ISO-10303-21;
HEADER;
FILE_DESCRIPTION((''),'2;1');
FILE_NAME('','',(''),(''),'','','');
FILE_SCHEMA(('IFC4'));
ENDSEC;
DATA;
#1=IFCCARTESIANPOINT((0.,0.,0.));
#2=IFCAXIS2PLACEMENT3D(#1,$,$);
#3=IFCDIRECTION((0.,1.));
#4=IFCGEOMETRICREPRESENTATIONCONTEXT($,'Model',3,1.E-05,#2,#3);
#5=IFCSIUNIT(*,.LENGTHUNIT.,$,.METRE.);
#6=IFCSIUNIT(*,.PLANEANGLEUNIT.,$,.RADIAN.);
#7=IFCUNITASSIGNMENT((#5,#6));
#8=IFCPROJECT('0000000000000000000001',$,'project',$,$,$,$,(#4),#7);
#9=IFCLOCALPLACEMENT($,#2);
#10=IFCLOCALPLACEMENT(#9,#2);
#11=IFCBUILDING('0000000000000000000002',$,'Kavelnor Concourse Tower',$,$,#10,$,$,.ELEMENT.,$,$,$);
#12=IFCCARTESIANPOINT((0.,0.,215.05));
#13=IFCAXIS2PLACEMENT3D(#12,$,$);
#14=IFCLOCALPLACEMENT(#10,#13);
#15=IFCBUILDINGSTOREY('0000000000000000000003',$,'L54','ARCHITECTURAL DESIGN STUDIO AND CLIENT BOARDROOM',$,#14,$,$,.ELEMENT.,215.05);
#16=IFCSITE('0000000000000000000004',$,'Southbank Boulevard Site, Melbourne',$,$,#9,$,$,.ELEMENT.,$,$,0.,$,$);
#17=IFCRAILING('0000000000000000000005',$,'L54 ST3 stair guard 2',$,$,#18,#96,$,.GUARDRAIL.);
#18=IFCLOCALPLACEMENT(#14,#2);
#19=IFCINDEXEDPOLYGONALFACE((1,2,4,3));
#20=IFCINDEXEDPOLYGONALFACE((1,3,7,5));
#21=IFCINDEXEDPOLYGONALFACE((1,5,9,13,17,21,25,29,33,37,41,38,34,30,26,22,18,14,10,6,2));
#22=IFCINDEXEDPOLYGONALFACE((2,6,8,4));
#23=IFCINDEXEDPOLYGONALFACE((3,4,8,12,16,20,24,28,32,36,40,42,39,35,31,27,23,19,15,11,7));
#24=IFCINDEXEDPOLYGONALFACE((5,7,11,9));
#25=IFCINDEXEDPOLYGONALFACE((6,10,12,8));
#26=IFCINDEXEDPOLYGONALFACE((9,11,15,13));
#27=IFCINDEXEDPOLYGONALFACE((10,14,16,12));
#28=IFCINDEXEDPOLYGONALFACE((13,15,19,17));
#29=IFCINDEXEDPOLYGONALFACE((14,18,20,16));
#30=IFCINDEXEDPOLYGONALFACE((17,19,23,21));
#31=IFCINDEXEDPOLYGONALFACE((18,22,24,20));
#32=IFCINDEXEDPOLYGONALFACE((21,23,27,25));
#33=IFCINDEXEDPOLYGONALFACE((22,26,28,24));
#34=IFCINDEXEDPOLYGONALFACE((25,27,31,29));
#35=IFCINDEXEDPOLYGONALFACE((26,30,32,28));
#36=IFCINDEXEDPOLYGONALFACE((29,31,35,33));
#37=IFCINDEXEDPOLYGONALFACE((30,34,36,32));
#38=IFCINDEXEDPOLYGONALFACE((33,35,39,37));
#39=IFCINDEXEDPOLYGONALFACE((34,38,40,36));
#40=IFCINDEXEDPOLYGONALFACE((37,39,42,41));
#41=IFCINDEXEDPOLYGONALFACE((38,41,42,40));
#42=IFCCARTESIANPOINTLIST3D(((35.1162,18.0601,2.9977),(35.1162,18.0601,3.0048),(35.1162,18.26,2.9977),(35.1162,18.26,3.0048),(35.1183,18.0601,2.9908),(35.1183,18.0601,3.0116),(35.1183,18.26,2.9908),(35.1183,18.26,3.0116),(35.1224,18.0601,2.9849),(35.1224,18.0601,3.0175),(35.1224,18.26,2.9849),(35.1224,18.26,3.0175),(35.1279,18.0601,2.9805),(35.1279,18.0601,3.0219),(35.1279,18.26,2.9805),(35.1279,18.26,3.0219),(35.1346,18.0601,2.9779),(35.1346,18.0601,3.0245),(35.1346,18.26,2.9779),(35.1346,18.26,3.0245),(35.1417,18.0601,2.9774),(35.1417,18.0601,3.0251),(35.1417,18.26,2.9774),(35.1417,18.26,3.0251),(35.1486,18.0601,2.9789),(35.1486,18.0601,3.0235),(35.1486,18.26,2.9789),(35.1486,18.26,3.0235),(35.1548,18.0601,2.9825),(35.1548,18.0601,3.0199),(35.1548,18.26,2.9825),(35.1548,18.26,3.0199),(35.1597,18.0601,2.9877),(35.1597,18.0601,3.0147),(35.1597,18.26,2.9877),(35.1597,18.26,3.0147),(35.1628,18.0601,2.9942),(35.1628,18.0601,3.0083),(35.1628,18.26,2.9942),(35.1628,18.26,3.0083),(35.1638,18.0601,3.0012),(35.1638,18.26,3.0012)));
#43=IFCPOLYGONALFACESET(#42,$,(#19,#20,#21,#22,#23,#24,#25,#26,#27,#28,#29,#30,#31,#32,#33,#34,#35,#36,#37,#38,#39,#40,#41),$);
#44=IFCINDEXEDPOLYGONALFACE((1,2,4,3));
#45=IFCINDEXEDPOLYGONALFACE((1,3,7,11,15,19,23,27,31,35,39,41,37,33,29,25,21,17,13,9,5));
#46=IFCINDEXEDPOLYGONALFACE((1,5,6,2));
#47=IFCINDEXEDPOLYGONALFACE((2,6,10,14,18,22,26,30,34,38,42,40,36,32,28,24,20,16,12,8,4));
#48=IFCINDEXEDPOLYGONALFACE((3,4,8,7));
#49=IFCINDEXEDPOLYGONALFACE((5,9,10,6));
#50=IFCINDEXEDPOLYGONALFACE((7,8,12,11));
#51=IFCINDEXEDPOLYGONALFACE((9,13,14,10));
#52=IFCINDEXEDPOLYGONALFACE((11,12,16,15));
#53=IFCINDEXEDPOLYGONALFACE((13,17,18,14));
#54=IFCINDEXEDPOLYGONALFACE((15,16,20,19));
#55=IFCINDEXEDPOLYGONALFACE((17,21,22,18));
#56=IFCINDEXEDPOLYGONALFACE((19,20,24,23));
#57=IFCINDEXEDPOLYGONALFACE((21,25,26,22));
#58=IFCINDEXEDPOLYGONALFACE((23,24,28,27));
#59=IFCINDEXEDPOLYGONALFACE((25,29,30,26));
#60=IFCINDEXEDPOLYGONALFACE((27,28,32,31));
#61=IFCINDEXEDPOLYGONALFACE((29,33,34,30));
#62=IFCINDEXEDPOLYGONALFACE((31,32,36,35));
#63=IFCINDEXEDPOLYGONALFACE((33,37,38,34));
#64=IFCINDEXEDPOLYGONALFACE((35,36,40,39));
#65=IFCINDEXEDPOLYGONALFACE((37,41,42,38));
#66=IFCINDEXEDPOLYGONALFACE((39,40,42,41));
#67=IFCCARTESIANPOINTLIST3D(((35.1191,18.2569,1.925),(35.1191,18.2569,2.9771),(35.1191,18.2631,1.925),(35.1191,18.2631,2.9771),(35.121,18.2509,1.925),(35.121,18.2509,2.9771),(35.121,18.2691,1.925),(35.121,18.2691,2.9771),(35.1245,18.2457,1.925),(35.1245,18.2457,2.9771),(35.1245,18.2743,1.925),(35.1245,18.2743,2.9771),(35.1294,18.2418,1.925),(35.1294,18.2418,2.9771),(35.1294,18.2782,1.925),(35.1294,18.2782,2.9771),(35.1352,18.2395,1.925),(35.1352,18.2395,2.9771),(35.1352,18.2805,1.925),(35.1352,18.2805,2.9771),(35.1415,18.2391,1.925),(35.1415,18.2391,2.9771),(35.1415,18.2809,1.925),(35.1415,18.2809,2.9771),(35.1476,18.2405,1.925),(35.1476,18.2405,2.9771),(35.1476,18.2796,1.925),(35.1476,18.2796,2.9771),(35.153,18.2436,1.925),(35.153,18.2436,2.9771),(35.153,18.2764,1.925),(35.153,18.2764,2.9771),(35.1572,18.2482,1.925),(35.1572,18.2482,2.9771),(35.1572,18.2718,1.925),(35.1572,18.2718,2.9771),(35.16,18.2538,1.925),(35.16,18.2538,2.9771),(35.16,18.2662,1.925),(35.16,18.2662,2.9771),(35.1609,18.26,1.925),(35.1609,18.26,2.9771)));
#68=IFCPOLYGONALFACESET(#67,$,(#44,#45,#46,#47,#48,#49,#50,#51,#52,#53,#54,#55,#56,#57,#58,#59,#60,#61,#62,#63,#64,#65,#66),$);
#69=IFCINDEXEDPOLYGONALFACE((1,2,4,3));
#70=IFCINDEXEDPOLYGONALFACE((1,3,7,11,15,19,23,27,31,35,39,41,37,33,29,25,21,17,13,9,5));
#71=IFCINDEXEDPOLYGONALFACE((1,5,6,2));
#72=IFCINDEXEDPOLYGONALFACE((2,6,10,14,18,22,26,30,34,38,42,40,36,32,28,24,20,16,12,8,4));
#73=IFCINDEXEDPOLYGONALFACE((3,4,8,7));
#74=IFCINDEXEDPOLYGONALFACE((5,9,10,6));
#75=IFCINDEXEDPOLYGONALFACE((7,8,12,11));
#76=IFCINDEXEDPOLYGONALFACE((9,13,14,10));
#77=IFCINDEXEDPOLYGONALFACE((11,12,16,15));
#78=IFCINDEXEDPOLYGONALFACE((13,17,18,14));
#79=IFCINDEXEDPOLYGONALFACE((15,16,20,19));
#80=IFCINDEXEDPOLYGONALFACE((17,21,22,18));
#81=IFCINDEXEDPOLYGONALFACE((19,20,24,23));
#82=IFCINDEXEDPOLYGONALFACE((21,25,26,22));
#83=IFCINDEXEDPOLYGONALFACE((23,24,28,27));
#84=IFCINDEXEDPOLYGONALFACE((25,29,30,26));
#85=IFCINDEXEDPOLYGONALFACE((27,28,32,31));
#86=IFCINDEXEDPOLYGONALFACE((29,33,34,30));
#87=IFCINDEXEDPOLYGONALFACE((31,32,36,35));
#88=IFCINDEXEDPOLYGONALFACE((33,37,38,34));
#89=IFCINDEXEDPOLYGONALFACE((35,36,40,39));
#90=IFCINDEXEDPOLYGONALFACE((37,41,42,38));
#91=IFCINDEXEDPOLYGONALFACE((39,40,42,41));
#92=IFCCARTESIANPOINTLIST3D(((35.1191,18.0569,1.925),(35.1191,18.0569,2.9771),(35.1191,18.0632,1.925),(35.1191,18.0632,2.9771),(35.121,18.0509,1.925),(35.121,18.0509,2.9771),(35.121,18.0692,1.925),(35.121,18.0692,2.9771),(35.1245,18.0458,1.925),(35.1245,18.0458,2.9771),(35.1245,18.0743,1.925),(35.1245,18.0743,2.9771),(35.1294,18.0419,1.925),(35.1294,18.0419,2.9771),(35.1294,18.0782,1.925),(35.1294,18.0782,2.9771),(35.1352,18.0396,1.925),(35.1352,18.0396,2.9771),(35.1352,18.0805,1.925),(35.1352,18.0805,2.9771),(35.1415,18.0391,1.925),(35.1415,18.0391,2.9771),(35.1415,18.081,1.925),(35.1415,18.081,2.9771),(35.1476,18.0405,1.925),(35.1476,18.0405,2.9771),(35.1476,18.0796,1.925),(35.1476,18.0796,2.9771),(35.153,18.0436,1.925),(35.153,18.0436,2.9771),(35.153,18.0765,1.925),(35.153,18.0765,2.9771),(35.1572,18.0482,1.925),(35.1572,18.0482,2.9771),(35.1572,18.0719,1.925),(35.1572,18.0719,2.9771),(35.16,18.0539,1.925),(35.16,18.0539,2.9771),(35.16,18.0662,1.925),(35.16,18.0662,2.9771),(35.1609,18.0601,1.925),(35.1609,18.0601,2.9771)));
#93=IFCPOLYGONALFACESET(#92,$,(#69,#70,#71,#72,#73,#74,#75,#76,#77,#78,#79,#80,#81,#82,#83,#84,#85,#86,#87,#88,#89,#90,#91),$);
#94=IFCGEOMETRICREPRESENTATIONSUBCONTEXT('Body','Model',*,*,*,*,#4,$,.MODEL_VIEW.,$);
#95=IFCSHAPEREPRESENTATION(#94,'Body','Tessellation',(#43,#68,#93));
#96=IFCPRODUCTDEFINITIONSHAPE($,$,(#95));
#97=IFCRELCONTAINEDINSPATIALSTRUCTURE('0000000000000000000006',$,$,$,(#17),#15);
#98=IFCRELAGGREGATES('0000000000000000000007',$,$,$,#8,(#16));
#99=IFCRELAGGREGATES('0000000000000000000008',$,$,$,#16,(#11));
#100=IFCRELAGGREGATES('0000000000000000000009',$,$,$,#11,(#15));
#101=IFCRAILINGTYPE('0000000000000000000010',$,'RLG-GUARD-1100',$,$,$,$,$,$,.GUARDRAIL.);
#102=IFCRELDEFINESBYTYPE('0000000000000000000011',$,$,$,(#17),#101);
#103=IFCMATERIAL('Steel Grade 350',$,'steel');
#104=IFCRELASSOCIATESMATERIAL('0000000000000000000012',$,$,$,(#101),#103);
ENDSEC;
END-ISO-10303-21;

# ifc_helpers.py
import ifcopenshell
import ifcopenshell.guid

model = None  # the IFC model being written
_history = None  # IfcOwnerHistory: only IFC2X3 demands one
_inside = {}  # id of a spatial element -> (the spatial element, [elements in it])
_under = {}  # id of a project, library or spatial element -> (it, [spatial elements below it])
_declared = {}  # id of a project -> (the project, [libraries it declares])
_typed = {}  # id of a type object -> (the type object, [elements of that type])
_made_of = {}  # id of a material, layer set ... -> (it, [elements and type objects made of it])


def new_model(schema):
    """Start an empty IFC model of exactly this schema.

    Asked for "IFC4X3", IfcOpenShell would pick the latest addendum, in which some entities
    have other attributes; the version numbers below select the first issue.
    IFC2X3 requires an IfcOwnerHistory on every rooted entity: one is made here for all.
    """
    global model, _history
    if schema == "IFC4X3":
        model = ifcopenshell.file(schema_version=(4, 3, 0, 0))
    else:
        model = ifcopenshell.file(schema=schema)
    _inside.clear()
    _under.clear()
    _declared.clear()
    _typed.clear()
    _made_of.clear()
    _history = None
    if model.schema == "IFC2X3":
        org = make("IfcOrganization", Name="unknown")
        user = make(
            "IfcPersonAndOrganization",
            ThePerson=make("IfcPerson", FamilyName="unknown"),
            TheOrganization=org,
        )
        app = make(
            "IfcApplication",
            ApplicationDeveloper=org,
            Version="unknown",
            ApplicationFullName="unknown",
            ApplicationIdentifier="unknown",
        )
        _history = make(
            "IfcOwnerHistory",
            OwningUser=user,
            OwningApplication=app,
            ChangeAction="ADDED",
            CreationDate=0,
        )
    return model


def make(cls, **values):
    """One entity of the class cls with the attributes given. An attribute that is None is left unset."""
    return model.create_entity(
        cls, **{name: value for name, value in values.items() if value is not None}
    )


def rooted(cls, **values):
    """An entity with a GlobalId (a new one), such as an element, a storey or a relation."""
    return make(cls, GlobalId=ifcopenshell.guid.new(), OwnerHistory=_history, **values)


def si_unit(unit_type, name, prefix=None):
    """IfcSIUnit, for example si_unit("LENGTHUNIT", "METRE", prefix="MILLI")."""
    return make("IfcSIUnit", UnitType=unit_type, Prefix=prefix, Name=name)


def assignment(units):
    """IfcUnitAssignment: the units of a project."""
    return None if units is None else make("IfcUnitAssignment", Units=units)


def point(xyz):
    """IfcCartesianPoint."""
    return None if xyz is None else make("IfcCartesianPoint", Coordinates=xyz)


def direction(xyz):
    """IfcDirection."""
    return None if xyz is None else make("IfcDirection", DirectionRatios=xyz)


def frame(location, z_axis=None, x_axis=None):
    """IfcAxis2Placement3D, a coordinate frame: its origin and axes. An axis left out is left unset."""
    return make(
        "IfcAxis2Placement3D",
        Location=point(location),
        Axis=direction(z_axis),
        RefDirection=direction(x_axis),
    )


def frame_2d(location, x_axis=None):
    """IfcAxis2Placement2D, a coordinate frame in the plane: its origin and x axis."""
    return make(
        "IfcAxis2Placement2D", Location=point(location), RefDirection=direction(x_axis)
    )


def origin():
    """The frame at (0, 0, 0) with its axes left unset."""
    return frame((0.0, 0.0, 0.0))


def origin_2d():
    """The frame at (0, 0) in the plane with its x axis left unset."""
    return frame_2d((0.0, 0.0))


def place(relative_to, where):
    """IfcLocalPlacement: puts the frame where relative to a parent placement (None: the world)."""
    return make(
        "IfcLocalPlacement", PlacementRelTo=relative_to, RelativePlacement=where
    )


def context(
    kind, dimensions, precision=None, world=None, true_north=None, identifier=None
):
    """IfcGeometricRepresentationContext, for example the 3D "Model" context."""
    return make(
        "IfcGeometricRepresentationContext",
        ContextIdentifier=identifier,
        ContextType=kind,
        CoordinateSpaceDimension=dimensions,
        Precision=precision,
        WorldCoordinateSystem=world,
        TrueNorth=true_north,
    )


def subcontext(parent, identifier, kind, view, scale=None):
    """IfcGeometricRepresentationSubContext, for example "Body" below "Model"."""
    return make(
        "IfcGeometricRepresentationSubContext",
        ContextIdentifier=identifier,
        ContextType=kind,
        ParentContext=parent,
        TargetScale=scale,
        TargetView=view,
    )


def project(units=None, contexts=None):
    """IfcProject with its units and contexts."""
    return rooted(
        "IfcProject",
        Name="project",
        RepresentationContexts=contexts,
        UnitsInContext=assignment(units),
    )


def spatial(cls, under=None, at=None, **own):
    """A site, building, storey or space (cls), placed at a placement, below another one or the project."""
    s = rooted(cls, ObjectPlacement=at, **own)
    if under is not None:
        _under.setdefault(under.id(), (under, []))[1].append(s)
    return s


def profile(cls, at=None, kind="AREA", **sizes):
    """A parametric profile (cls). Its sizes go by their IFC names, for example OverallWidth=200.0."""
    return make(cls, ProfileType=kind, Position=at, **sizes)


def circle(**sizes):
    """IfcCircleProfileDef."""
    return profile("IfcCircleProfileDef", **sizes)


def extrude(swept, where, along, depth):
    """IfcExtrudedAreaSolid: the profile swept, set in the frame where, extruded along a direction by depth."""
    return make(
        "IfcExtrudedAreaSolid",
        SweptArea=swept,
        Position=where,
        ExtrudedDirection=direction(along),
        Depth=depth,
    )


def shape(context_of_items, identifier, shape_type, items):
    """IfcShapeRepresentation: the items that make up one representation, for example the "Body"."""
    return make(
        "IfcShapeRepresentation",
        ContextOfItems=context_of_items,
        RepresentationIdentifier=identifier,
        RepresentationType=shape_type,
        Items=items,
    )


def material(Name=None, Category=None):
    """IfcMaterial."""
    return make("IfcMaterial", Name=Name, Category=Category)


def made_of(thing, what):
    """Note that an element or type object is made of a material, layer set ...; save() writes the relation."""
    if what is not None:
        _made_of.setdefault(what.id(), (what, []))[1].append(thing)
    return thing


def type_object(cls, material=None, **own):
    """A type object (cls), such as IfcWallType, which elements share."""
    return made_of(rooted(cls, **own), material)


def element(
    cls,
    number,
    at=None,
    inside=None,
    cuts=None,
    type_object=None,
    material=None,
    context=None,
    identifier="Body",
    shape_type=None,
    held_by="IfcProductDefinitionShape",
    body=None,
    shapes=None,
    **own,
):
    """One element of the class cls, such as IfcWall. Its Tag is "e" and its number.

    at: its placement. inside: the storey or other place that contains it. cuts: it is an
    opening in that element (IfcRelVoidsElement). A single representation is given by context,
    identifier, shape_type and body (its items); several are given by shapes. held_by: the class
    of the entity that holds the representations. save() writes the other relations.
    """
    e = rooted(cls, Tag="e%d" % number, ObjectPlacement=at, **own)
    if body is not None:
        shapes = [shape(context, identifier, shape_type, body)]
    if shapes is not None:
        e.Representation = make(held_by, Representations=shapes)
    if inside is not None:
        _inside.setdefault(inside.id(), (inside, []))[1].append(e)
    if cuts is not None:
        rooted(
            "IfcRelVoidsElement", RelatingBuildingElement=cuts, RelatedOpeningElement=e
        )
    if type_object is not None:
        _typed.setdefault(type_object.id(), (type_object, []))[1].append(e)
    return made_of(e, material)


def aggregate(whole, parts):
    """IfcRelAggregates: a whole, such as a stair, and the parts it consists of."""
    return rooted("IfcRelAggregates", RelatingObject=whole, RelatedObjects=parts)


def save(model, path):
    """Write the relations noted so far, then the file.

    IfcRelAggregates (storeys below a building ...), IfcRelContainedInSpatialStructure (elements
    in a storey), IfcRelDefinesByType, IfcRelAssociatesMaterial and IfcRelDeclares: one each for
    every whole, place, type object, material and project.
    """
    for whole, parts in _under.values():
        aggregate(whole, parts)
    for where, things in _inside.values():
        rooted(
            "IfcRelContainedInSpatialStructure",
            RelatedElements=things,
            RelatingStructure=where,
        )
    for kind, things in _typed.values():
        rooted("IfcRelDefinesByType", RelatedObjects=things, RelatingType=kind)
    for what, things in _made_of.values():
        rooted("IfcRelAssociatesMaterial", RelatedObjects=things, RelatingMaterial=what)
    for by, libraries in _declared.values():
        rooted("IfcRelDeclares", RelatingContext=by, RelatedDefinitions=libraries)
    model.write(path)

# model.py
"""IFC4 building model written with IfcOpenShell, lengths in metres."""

from ifc_helpers import new_model, si_unit, direction, frame, origin, origin_2d, place, context, subcontext, project, spatial, circle, extrude, material, type_object, element, save


model = new_model("IFC4")

# Units and contexts
model_context = context("Model", 3, precision=1e-05, world=origin(), true_north=direction((0.0, 1.0)))
body_context = subcontext(model_context, "Body", "Model", "MODEL_VIEW")
ifc_project = project(units=[si_unit("LENGTHUNIT", "METRE"), si_unit("PLANEANGLEUNIT", "RADIAN")], contexts=[model_context])

# Site, building, storey
site_placement = place(None, origin())
site = spatial("IfcSite", under=ifc_project, at=site_placement, Name="Southbank Boulevard Site, Melbourne", CompositionType="ELEMENT", RefElevation=0.0)
building_placement = place(site_placement, origin())
building = spatial("IfcBuilding", under=site, at=building_placement, Name="Kavelnor Concourse Tower", CompositionType="ELEMENT")
storey_placement = place(building_placement, frame((0.0, 0.0, 215.05)))
storey = spatial("IfcBuildingStorey", under=building, at=storey_placement, Name="L54", Description="ARCHITECTURAL DESIGN STUDIO AND CLIENT BOARDROOM", CompositionType="ELEMENT", Elevation=215.05)

# Shared definitions
ifc_material_1 = material(Name="Steel Grade 350", Category="steel")

# Railing
railing_type = type_object("IfcRailingType", Name="RLG-GUARD-1100", PredefinedType="GUARDRAIL", material=ifc_material_1)
railing_placement = place(storey_placement, frame((35.1399, 18.26, 1.925)))
element("IfcRailing", 1, at=railing_placement, inside=storey, type_object=railing_type, Name="L54 ST3 stair guard 2", PredefinedType="GUARDRAIL", context=body_context, shape_type="SweptSolid", body=[
    extrude(circle(Radius=0.0239, at=origin_2d()), frame((0.0, 0.0, 1.0762), z_axis=(0.0, -1.0, 0.0), x_axis=(1.0, 0.0, 0.0)), (0.0, 0.0, 1.0), 0.2),
    extrude(circle(Radius=0.021, at=origin_2d()), origin(), (0.0, 0.0, 1.0), 1.052),
    extrude(circle(Radius=0.021, at=origin_2d()), frame((0.0, -0.2, 0.0)), (0.0, 0.0, 1.0), 1.052),
])

save(model, "model.ifc")
